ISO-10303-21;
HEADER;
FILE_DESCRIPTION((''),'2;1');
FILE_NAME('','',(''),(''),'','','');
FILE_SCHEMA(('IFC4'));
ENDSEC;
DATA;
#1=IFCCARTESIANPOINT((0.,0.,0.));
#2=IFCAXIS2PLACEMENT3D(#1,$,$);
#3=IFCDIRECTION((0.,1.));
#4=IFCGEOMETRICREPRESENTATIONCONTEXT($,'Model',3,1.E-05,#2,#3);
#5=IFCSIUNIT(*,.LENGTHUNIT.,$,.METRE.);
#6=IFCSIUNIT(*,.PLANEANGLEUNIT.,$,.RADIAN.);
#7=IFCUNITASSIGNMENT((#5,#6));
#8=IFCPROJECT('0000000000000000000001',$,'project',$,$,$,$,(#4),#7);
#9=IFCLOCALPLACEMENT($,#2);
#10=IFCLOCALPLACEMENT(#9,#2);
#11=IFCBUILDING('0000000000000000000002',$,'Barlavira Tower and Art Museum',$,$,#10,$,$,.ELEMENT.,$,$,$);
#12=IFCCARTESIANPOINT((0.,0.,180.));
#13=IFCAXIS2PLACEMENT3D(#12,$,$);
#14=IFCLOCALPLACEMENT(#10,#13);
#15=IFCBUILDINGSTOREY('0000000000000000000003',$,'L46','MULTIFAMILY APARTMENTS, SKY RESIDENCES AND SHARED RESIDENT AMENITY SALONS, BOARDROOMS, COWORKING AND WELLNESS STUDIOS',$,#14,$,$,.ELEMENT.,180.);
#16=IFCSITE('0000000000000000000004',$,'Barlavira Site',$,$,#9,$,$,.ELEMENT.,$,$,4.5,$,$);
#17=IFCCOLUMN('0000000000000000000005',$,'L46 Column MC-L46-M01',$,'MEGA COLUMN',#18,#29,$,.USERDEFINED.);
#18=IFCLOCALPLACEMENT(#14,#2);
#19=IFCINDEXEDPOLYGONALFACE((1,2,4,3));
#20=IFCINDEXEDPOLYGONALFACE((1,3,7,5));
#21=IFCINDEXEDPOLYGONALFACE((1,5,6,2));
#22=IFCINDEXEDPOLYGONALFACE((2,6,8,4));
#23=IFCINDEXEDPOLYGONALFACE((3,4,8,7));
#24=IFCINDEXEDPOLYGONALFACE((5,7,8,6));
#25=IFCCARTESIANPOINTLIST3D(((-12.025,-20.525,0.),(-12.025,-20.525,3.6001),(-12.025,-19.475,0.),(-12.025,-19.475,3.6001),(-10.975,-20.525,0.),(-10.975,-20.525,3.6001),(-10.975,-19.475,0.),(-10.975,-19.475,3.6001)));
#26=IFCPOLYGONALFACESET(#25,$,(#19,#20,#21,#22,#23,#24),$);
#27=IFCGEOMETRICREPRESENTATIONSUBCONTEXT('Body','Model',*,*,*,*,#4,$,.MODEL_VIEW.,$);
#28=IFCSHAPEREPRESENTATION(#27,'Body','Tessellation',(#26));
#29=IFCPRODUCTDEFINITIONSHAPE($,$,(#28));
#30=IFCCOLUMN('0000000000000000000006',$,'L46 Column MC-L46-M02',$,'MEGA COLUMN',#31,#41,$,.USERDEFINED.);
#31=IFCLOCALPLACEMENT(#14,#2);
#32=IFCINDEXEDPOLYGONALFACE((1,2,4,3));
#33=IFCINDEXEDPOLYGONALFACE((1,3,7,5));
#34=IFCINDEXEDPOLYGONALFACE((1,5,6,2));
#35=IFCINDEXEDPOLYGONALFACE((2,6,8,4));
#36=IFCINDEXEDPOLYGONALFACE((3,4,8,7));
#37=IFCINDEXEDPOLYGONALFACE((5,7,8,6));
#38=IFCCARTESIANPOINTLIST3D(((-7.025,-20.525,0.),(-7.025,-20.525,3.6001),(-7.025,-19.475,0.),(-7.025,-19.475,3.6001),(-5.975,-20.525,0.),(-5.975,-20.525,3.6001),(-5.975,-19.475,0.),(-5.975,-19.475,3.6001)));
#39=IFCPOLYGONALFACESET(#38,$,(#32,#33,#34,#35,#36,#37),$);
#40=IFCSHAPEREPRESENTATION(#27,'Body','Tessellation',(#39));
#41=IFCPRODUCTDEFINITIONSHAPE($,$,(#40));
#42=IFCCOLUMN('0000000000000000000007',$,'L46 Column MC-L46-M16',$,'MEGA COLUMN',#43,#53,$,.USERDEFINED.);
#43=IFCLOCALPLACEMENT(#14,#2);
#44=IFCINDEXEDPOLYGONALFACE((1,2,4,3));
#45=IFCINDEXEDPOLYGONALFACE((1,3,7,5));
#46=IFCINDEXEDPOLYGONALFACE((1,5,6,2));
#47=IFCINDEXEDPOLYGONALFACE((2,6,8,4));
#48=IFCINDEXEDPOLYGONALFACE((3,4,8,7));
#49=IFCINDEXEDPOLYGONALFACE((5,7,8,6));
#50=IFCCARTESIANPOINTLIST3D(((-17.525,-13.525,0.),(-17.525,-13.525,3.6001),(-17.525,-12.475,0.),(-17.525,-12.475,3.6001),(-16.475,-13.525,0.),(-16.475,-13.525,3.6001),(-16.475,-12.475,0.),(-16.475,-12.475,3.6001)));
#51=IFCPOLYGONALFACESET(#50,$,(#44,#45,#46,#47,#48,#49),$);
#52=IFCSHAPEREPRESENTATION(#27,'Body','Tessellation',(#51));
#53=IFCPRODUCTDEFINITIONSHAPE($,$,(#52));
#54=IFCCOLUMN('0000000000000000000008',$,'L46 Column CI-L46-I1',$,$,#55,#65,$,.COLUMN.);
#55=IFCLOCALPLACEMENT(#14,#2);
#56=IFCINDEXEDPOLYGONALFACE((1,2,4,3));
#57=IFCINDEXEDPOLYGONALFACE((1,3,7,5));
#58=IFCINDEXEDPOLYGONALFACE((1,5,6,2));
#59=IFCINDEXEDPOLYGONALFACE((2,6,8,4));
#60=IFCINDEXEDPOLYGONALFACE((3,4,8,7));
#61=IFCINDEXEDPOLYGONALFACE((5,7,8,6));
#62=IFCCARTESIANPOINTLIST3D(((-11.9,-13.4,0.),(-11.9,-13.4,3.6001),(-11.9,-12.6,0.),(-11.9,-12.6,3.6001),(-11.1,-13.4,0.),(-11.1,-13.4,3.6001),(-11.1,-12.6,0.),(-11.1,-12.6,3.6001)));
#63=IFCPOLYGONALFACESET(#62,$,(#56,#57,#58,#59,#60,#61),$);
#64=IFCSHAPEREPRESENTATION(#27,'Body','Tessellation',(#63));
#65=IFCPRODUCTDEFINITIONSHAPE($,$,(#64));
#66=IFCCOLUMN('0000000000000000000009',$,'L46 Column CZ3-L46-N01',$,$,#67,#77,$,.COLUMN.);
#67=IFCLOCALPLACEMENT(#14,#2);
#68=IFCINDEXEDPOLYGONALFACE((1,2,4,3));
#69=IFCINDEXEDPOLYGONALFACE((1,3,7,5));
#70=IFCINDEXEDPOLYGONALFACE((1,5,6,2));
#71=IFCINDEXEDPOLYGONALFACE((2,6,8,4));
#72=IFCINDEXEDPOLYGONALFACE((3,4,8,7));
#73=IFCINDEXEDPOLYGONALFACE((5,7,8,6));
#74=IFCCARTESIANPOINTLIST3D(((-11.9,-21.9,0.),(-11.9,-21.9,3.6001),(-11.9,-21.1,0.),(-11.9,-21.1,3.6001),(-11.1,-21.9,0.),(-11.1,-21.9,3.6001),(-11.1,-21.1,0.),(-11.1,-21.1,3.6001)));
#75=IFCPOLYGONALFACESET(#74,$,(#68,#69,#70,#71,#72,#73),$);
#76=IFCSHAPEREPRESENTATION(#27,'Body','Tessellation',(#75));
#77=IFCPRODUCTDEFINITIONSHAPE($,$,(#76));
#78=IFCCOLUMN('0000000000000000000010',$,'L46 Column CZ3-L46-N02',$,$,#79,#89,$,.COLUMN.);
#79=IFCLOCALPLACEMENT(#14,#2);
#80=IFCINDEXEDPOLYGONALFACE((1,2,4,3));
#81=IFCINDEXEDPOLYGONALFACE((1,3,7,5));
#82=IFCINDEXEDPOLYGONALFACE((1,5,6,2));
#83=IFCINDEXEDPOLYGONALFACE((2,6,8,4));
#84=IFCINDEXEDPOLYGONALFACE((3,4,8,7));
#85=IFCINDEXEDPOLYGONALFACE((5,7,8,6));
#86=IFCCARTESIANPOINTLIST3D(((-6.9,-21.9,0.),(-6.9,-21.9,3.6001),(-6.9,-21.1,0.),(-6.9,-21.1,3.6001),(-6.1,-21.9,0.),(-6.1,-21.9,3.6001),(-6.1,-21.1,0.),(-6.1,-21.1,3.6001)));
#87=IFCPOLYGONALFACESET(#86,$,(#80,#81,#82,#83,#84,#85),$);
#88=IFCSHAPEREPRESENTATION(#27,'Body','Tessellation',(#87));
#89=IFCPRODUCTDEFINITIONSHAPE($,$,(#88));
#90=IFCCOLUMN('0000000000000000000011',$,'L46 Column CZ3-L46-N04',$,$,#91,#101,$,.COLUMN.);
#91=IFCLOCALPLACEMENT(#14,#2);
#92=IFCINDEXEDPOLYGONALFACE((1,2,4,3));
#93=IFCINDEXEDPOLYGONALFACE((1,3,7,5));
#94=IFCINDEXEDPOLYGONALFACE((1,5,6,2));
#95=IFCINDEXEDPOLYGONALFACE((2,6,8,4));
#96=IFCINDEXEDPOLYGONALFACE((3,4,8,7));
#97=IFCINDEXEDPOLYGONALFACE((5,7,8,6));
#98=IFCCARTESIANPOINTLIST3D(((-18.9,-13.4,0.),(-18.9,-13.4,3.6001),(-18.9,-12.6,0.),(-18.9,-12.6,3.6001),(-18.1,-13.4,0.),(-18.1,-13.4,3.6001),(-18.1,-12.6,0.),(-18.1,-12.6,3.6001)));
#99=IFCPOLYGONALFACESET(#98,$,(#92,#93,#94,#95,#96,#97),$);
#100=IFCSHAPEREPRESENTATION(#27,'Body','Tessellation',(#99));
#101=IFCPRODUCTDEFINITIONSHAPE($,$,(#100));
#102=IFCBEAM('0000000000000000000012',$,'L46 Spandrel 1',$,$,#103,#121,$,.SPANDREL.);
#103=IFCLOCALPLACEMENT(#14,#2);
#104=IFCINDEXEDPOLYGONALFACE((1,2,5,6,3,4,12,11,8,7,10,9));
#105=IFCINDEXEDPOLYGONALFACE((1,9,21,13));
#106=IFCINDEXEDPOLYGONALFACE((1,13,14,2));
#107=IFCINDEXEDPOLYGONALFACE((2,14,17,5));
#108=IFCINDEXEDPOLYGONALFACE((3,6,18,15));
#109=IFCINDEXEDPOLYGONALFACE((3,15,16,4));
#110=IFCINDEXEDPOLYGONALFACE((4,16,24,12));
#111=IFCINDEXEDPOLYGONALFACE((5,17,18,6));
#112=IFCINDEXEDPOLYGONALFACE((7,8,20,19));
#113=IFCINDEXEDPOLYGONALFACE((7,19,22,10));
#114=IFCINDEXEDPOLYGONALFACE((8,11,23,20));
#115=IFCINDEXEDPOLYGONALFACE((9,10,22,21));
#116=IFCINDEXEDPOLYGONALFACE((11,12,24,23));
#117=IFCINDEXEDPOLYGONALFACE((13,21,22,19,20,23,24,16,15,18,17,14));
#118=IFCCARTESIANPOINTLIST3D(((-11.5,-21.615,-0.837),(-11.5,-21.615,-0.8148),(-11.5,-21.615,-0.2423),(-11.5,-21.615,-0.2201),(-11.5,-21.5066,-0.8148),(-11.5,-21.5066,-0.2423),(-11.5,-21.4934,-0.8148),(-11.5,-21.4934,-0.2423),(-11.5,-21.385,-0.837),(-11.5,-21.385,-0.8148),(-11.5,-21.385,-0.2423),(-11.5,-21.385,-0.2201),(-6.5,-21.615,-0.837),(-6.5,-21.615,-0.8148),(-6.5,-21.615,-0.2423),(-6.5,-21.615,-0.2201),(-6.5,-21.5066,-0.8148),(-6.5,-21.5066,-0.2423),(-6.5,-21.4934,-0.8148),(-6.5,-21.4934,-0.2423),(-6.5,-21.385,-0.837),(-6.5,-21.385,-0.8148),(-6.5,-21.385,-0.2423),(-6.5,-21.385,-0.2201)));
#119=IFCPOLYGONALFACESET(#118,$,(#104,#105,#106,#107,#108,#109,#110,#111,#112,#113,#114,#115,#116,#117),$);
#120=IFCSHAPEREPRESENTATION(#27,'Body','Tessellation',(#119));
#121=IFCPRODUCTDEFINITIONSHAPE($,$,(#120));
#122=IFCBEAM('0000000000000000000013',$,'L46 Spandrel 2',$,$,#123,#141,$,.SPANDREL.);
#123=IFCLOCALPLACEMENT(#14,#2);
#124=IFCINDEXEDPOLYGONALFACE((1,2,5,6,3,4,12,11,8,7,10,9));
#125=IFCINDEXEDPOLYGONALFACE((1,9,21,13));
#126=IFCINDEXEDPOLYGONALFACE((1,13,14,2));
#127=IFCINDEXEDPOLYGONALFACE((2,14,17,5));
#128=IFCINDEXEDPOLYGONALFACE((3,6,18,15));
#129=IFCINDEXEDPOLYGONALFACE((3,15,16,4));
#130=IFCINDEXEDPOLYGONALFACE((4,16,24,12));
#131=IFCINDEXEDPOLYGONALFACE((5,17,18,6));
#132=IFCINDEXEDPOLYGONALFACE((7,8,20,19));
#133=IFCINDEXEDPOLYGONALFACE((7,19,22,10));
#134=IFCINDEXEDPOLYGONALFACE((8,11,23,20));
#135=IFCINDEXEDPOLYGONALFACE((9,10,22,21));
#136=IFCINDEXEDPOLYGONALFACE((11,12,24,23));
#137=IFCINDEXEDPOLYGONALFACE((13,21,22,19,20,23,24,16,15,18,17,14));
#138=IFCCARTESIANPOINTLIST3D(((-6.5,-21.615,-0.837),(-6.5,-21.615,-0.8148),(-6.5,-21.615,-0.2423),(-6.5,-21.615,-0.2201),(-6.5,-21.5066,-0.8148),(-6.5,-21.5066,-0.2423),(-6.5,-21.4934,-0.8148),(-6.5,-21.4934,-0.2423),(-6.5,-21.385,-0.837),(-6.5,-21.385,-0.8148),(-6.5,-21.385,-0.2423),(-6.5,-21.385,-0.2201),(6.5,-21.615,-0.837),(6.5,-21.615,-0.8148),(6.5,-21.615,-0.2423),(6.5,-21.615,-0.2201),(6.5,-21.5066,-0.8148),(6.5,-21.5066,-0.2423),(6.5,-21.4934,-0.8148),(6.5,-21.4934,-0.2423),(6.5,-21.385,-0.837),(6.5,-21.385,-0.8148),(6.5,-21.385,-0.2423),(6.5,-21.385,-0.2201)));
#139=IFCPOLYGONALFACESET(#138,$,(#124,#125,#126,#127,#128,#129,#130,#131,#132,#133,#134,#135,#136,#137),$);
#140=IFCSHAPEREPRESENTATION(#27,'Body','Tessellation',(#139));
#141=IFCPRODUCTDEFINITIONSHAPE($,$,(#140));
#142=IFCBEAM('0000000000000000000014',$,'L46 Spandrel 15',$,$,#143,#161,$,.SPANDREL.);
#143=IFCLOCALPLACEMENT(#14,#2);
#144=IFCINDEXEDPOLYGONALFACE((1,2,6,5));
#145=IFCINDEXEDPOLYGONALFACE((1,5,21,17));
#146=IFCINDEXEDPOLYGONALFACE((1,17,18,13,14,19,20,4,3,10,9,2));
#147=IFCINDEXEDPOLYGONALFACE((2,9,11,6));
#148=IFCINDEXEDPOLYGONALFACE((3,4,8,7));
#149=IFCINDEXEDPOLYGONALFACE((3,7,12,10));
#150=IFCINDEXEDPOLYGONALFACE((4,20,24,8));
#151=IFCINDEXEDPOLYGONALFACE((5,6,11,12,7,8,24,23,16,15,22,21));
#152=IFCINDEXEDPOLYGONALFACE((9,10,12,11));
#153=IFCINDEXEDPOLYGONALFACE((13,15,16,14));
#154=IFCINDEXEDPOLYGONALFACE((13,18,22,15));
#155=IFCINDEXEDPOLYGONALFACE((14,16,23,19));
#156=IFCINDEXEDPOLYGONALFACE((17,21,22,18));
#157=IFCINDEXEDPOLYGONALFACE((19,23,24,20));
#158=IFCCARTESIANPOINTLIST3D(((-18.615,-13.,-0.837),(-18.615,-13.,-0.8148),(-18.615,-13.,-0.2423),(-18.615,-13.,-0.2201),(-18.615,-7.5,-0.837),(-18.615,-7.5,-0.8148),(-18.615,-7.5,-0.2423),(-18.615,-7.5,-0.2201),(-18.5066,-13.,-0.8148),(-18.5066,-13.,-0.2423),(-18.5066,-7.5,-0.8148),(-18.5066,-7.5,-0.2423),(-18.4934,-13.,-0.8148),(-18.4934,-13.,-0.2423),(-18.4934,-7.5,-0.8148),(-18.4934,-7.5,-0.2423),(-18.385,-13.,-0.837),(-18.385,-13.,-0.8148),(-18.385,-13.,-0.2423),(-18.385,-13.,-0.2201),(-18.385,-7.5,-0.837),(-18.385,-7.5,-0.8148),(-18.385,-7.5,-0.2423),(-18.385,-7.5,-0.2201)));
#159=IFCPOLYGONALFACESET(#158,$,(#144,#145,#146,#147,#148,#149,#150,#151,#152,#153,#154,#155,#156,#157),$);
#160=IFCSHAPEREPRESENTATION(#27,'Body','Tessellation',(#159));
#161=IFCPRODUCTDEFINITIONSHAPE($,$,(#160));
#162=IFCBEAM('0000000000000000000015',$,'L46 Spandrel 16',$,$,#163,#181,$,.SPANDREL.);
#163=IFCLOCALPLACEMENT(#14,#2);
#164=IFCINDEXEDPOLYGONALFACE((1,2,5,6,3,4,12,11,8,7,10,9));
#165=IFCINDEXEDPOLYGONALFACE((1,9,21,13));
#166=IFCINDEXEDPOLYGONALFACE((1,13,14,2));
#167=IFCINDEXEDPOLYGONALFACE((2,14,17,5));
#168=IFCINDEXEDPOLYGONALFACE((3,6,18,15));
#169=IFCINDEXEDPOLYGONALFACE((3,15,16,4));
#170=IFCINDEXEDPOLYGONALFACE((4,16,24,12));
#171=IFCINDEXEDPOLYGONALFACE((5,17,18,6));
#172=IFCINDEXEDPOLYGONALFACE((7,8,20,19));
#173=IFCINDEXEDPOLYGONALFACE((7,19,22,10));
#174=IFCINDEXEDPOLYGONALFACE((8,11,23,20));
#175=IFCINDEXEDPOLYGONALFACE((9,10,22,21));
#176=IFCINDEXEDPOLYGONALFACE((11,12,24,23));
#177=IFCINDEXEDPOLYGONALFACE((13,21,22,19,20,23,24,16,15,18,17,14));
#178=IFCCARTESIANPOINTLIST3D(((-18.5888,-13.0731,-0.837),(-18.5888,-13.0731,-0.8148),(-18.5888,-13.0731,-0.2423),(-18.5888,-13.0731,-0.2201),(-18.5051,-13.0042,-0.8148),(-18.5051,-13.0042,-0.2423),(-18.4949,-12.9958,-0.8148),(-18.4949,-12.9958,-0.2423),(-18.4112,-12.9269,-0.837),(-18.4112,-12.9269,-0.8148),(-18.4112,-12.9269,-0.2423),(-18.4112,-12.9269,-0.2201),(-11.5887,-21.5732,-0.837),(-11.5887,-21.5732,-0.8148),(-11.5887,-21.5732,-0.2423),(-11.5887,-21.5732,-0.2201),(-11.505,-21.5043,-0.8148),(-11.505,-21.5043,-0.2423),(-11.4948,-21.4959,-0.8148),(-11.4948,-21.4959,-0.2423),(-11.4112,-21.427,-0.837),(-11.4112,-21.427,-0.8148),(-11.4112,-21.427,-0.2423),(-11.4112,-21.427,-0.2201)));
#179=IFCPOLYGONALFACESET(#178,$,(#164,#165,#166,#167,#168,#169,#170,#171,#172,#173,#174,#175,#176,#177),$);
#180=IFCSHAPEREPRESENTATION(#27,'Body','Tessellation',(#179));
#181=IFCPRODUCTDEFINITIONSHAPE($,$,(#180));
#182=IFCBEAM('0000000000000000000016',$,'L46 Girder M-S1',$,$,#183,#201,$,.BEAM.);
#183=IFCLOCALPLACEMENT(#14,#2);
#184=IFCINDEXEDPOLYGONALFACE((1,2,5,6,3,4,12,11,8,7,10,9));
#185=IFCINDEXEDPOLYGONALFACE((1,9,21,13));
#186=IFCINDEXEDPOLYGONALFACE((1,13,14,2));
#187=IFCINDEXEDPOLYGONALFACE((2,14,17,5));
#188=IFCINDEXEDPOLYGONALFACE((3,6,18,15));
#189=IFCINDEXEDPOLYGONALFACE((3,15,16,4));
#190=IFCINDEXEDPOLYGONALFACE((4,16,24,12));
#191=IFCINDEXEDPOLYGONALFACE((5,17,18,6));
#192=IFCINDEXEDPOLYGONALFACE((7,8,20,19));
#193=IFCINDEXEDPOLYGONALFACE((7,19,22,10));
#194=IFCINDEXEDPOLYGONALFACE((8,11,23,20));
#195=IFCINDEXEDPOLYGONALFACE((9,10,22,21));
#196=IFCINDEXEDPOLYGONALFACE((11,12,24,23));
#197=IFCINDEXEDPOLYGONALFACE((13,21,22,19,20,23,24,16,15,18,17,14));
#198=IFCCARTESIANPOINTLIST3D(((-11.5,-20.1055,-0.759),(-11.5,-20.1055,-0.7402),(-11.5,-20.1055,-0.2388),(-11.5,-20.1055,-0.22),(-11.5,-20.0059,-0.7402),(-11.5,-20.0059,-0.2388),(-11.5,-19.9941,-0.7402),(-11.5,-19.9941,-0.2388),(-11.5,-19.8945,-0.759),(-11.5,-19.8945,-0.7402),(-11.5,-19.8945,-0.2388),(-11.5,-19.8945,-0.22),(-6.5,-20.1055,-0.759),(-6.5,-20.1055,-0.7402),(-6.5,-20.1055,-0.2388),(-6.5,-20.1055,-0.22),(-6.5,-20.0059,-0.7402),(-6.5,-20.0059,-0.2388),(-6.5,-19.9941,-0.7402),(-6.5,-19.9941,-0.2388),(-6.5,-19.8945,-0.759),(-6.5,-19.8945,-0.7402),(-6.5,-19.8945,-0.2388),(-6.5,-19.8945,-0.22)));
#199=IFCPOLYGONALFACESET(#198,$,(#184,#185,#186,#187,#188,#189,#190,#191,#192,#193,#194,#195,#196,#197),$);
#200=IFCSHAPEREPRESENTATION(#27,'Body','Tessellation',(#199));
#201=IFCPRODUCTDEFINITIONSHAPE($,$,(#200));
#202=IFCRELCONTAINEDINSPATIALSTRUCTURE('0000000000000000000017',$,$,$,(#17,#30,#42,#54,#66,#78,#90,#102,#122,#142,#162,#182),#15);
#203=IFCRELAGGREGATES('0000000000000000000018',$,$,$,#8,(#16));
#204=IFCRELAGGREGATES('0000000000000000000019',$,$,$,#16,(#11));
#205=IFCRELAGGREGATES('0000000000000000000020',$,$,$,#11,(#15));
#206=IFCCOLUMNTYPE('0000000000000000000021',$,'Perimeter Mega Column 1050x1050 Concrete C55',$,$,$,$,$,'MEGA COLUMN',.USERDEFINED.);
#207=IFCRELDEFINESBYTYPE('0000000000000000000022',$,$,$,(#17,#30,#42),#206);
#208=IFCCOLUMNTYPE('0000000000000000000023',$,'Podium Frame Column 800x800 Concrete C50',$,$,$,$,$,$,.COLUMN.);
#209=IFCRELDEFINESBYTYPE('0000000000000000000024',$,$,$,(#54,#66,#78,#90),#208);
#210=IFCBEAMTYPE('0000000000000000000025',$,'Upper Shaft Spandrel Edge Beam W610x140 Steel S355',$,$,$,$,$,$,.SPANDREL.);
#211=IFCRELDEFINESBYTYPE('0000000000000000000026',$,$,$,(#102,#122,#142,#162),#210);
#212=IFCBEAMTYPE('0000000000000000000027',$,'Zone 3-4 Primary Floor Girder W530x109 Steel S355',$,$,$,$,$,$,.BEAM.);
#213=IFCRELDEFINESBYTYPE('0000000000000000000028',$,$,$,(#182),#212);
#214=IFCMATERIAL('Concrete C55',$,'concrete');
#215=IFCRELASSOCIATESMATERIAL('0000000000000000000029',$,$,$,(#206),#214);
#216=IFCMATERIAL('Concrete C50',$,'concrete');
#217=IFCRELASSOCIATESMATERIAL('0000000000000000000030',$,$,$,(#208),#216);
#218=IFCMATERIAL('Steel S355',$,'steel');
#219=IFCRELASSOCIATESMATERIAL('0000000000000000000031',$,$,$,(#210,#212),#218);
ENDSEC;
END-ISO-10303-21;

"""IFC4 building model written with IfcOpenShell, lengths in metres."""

from ifc_helpers import new_model, si_unit, direction, frame, origin, origin_2d, place, context, subcontext, project, spatial, rectangle, i_section, extrude, material, material_profile, profile_set, type_object, element, save


model = new_model("IFC4")

# Units and contexts
model_context = context("Model", 3, precision=1e-05, world=origin(), true_north=direction((0.0, 1.0)))
body_context = subcontext(model_context, "Body", "Model", "MODEL_VIEW")
ifc_project = project(units=[si_unit("LENGTHUNIT", "METRE"), si_unit("PLANEANGLEUNIT", "RADIAN")], contexts=[model_context])

# Site, building, storey
site_placement = place(None, origin())
site = spatial("IfcSite", under=ifc_project, at=site_placement, Name="Barlavira Site", CompositionType="ELEMENT", RefElevation=4.5)
building_placement = place(site_placement, origin())
building = spatial("IfcBuilding", under=site, at=building_placement, Name="Barlavira Tower and Art Museum", CompositionType="ELEMENT")
storey_placement = place(building_placement, frame((0.0, 0.0, 180.0)))
storey = spatial("IfcBuildingStorey", under=building, at=storey_placement, Name="L46", Description="MULTIFAMILY APARTMENTS, SKY RESIDENCES AND SHARED RESIDENT AMENITY SALONS, BOARDROOMS, COWORKING AND WELLNESS STUDIOS", CompositionType="ELEMENT", Elevation=180.0)

# Columns
ifc_material_1 = material(Name="Concrete C55", Category="concrete")
ifc_material_profile_1 = material_profile(ifc_material_1, rectangle(XDim=1.05, YDim=1.05, at=origin_2d()), Name="RC-COL 1050x1050")
ifc_profile_set_1 = profile_set([ifc_material_profile_1], Name="Concrete C55")
column_type_1 = type_object("IfcColumnType", Name="Perimeter Mega Column 1050x1050 Concrete C55", ElementType="MEGA COLUMN", PredefinedType="USERDEFINED", material=ifc_profile_set_1)
for number, where, z_axis, x_axis, name in (
    (1, (-11.5, -20.0, 0.0), (0.0, 0.0, 1.0), (1.0, 0.0, 0.0), "L46 Column MC-L46-M01"),
    (2, (-6.5, -20.0, 0.0), (0.0, 0.0, 1.0), (1.0, 0.0, 0.0), "L46 Column MC-L46-M02"),
    (3, (-17.0, -13.0, 0.0), (0.0, 0.0, 1.0), (1.0, 0.0, 0.0), "L46 Column MC-L46-M16"),
):
    element("IfcColumn", number, at=place(storey_placement, frame(where, z_axis=z_axis, x_axis=x_axis)), inside=storey, type_object=column_type_1, Name=name, ObjectType="MEGA COLUMN", PredefinedType="USERDEFINED", context=body_context, shape_type="SweptSolid", body=[
        extrude(rectangle(XDim=1.05, YDim=1.05, at=origin_2d()), origin(), (0.0, 0.0, 1.0), 3.6001),
    ])
ifc_material_2 = material(Name="Concrete C50", Category="concrete")
ifc_material_profile_2 = material_profile(ifc_material_2, rectangle(XDim=0.8, YDim=0.8, at=origin_2d()), Name="RC-COL 800x800")
ifc_profile_set_2 = profile_set([ifc_material_profile_2], Name="Concrete C50")
column_type_2 = type_object("IfcColumnType", Name="Podium Frame Column 800x800 Concrete C50", PredefinedType="COLUMN", material=ifc_profile_set_2)
for number, where, z_axis, x_axis, name in (
    (4, (-11.5, -13.0, 0.0), (0.0, 0.0, 1.0), (1.0, 0.0, 0.0), "L46 Column CI-L46-I1"),
    (5, (-11.5, -21.5, 0.0), (0.0, 0.0, 1.0), (1.0, 0.0, 0.0), "L46 Column CZ3-L46-N01"),
    (6, (-6.5, -21.5, 0.0), (0.0, 0.0, 1.0), (1.0, 0.0, 0.0), "L46 Column CZ3-L46-N02"),
    (7, (-18.5, -13.0, 0.0), (0.0, 0.0, 1.0), (1.0, 0.0, 0.0), "L46 Column CZ3-L46-N04"),
):
    element("IfcColumn", number, at=place(storey_placement, frame(where, z_axis=z_axis, x_axis=x_axis)), inside=storey, type_object=column_type_2, Name=name, PredefinedType="COLUMN", context=body_context, shape_type="SweptSolid", body=[
        extrude(rectangle(XDim=0.8, YDim=0.8, at=origin_2d()), origin(), (0.0, 0.0, 1.0), 3.6001),
    ])

# Beams
ifc_material_3 = material(Name="Steel S355", Category="steel")
ifc_material_profile_3 = material_profile(ifc_material_3, i_section(OverallWidth=0.23, OverallDepth=0.6169, WebThickness=0.0132, FlangeThickness=0.0222, at=origin_2d()), Name="W610x140.0")
ifc_profile_set_3 = profile_set([ifc_material_profile_3], Name="Steel S355")
beam_type_1 = type_object("IfcBeamType", Name="Upper Shaft Spandrel Edge Beam W610x140 Steel S355", PredefinedType="SPANDREL", material=ifc_profile_set_3)
beam_1_placement = place(storey_placement, frame((-11.5, -21.5, -0.5286), z_axis=(1.0, 0.0, 0.0), x_axis=(0.0, 1.0, 0.0)))
element("IfcBeam", 8, at=beam_1_placement, inside=storey, type_object=beam_type_1, Name="L46 Spandrel 1", PredefinedType="SPANDREL", context=body_context, shape_type="SweptSolid", body=[
    extrude(i_section(OverallWidth=0.23, OverallDepth=0.6169, WebThickness=0.0132, FlangeThickness=0.0222, at=origin_2d()), origin(), (0.0, 0.0, 1.0), 5.0),
])
beam_2_placement = place(storey_placement, frame((-6.5, -21.5, -0.5286), z_axis=(1.0, 0.0, 0.0), x_axis=(0.0, 1.0, 0.0)))
element("IfcBeam", 9, at=beam_2_placement, inside=storey, type_object=beam_type_1, Name="L46 Spandrel 2", PredefinedType="SPANDREL", context=body_context, shape_type="SweptSolid", body=[
    extrude(i_section(OverallWidth=0.23, OverallDepth=0.6169, WebThickness=0.0132, FlangeThickness=0.0222, at=origin_2d()), origin(), (0.0, 0.0, 1.0), 13.0),
])
beam_3_placement = place(storey_placement, frame((-18.5, -13.0, -0.5286), z_axis=(0.0, 1.0, 0.0), x_axis=(-1.0, 0.0, 0.0)))
element("IfcBeam", 10, at=beam_3_placement, inside=storey, type_object=beam_type_1, Name="L46 Spandrel 15", PredefinedType="SPANDREL", context=body_context, shape_type="SweptSolid", body=[
    extrude(i_section(OverallWidth=0.23, OverallDepth=0.6169, WebThickness=0.0132, FlangeThickness=0.0222, at=origin_2d()), origin(), (0.0, 0.0, 1.0), 5.5),
])
beam_4_placement = place(storey_placement, frame((-18.5, -13.0, -0.5286), z_axis=(0.635707, -0.77193, 0.0), x_axis=(0.77193, 0.635707, 0.0)))
element("IfcBeam", 11, at=beam_4_placement, inside=storey, type_object=beam_type_1, Name="L46 Spandrel 16", PredefinedType="SPANDREL", context=body_context, shape_type="SweptSolid", body=[
    extrude(i_section(OverallWidth=0.23, OverallDepth=0.6169, WebThickness=0.0132, FlangeThickness=0.0222, at=origin_2d()), origin(), (0.0, 0.0, 1.0), 11.0115),
])
ifc_material_profile_4 = material_profile(ifc_material_3, i_section(OverallWidth=0.2109, OverallDepth=0.5391, WebThickness=0.0117, FlangeThickness=0.0188, at=origin_2d()), Name="W530x109.0")
ifc_profile_set_4 = profile_set([ifc_material_profile_4], Name="Steel S355")
beam_type_2 = type_object("IfcBeamType", Name="Zone 3-4 Primary Floor Girder W530x109 Steel S355", PredefinedType="BEAM", material=ifc_profile_set_4)
beam_5_placement = place(storey_placement, frame((-11.5, -20.0, -0.4895), z_axis=(1.0, 0.0, 0.0), x_axis=(0.0, 1.0, 0.0)))
element("IfcBeam", 12, at=beam_5_placement, inside=storey, type_object=beam_type_2, Name="L46 Girder M-S1", PredefinedType="BEAM", context=body_context, shape_type="SweptSolid", body=[
    extrude(i_section(OverallWidth=0.2109, OverallDepth=0.5391, WebThickness=0.0117, FlangeThickness=0.0188, at=origin_2d()), origin(), (0.0, 0.0, 1.0), 5.0),
])

save(model, "model.ifc")
